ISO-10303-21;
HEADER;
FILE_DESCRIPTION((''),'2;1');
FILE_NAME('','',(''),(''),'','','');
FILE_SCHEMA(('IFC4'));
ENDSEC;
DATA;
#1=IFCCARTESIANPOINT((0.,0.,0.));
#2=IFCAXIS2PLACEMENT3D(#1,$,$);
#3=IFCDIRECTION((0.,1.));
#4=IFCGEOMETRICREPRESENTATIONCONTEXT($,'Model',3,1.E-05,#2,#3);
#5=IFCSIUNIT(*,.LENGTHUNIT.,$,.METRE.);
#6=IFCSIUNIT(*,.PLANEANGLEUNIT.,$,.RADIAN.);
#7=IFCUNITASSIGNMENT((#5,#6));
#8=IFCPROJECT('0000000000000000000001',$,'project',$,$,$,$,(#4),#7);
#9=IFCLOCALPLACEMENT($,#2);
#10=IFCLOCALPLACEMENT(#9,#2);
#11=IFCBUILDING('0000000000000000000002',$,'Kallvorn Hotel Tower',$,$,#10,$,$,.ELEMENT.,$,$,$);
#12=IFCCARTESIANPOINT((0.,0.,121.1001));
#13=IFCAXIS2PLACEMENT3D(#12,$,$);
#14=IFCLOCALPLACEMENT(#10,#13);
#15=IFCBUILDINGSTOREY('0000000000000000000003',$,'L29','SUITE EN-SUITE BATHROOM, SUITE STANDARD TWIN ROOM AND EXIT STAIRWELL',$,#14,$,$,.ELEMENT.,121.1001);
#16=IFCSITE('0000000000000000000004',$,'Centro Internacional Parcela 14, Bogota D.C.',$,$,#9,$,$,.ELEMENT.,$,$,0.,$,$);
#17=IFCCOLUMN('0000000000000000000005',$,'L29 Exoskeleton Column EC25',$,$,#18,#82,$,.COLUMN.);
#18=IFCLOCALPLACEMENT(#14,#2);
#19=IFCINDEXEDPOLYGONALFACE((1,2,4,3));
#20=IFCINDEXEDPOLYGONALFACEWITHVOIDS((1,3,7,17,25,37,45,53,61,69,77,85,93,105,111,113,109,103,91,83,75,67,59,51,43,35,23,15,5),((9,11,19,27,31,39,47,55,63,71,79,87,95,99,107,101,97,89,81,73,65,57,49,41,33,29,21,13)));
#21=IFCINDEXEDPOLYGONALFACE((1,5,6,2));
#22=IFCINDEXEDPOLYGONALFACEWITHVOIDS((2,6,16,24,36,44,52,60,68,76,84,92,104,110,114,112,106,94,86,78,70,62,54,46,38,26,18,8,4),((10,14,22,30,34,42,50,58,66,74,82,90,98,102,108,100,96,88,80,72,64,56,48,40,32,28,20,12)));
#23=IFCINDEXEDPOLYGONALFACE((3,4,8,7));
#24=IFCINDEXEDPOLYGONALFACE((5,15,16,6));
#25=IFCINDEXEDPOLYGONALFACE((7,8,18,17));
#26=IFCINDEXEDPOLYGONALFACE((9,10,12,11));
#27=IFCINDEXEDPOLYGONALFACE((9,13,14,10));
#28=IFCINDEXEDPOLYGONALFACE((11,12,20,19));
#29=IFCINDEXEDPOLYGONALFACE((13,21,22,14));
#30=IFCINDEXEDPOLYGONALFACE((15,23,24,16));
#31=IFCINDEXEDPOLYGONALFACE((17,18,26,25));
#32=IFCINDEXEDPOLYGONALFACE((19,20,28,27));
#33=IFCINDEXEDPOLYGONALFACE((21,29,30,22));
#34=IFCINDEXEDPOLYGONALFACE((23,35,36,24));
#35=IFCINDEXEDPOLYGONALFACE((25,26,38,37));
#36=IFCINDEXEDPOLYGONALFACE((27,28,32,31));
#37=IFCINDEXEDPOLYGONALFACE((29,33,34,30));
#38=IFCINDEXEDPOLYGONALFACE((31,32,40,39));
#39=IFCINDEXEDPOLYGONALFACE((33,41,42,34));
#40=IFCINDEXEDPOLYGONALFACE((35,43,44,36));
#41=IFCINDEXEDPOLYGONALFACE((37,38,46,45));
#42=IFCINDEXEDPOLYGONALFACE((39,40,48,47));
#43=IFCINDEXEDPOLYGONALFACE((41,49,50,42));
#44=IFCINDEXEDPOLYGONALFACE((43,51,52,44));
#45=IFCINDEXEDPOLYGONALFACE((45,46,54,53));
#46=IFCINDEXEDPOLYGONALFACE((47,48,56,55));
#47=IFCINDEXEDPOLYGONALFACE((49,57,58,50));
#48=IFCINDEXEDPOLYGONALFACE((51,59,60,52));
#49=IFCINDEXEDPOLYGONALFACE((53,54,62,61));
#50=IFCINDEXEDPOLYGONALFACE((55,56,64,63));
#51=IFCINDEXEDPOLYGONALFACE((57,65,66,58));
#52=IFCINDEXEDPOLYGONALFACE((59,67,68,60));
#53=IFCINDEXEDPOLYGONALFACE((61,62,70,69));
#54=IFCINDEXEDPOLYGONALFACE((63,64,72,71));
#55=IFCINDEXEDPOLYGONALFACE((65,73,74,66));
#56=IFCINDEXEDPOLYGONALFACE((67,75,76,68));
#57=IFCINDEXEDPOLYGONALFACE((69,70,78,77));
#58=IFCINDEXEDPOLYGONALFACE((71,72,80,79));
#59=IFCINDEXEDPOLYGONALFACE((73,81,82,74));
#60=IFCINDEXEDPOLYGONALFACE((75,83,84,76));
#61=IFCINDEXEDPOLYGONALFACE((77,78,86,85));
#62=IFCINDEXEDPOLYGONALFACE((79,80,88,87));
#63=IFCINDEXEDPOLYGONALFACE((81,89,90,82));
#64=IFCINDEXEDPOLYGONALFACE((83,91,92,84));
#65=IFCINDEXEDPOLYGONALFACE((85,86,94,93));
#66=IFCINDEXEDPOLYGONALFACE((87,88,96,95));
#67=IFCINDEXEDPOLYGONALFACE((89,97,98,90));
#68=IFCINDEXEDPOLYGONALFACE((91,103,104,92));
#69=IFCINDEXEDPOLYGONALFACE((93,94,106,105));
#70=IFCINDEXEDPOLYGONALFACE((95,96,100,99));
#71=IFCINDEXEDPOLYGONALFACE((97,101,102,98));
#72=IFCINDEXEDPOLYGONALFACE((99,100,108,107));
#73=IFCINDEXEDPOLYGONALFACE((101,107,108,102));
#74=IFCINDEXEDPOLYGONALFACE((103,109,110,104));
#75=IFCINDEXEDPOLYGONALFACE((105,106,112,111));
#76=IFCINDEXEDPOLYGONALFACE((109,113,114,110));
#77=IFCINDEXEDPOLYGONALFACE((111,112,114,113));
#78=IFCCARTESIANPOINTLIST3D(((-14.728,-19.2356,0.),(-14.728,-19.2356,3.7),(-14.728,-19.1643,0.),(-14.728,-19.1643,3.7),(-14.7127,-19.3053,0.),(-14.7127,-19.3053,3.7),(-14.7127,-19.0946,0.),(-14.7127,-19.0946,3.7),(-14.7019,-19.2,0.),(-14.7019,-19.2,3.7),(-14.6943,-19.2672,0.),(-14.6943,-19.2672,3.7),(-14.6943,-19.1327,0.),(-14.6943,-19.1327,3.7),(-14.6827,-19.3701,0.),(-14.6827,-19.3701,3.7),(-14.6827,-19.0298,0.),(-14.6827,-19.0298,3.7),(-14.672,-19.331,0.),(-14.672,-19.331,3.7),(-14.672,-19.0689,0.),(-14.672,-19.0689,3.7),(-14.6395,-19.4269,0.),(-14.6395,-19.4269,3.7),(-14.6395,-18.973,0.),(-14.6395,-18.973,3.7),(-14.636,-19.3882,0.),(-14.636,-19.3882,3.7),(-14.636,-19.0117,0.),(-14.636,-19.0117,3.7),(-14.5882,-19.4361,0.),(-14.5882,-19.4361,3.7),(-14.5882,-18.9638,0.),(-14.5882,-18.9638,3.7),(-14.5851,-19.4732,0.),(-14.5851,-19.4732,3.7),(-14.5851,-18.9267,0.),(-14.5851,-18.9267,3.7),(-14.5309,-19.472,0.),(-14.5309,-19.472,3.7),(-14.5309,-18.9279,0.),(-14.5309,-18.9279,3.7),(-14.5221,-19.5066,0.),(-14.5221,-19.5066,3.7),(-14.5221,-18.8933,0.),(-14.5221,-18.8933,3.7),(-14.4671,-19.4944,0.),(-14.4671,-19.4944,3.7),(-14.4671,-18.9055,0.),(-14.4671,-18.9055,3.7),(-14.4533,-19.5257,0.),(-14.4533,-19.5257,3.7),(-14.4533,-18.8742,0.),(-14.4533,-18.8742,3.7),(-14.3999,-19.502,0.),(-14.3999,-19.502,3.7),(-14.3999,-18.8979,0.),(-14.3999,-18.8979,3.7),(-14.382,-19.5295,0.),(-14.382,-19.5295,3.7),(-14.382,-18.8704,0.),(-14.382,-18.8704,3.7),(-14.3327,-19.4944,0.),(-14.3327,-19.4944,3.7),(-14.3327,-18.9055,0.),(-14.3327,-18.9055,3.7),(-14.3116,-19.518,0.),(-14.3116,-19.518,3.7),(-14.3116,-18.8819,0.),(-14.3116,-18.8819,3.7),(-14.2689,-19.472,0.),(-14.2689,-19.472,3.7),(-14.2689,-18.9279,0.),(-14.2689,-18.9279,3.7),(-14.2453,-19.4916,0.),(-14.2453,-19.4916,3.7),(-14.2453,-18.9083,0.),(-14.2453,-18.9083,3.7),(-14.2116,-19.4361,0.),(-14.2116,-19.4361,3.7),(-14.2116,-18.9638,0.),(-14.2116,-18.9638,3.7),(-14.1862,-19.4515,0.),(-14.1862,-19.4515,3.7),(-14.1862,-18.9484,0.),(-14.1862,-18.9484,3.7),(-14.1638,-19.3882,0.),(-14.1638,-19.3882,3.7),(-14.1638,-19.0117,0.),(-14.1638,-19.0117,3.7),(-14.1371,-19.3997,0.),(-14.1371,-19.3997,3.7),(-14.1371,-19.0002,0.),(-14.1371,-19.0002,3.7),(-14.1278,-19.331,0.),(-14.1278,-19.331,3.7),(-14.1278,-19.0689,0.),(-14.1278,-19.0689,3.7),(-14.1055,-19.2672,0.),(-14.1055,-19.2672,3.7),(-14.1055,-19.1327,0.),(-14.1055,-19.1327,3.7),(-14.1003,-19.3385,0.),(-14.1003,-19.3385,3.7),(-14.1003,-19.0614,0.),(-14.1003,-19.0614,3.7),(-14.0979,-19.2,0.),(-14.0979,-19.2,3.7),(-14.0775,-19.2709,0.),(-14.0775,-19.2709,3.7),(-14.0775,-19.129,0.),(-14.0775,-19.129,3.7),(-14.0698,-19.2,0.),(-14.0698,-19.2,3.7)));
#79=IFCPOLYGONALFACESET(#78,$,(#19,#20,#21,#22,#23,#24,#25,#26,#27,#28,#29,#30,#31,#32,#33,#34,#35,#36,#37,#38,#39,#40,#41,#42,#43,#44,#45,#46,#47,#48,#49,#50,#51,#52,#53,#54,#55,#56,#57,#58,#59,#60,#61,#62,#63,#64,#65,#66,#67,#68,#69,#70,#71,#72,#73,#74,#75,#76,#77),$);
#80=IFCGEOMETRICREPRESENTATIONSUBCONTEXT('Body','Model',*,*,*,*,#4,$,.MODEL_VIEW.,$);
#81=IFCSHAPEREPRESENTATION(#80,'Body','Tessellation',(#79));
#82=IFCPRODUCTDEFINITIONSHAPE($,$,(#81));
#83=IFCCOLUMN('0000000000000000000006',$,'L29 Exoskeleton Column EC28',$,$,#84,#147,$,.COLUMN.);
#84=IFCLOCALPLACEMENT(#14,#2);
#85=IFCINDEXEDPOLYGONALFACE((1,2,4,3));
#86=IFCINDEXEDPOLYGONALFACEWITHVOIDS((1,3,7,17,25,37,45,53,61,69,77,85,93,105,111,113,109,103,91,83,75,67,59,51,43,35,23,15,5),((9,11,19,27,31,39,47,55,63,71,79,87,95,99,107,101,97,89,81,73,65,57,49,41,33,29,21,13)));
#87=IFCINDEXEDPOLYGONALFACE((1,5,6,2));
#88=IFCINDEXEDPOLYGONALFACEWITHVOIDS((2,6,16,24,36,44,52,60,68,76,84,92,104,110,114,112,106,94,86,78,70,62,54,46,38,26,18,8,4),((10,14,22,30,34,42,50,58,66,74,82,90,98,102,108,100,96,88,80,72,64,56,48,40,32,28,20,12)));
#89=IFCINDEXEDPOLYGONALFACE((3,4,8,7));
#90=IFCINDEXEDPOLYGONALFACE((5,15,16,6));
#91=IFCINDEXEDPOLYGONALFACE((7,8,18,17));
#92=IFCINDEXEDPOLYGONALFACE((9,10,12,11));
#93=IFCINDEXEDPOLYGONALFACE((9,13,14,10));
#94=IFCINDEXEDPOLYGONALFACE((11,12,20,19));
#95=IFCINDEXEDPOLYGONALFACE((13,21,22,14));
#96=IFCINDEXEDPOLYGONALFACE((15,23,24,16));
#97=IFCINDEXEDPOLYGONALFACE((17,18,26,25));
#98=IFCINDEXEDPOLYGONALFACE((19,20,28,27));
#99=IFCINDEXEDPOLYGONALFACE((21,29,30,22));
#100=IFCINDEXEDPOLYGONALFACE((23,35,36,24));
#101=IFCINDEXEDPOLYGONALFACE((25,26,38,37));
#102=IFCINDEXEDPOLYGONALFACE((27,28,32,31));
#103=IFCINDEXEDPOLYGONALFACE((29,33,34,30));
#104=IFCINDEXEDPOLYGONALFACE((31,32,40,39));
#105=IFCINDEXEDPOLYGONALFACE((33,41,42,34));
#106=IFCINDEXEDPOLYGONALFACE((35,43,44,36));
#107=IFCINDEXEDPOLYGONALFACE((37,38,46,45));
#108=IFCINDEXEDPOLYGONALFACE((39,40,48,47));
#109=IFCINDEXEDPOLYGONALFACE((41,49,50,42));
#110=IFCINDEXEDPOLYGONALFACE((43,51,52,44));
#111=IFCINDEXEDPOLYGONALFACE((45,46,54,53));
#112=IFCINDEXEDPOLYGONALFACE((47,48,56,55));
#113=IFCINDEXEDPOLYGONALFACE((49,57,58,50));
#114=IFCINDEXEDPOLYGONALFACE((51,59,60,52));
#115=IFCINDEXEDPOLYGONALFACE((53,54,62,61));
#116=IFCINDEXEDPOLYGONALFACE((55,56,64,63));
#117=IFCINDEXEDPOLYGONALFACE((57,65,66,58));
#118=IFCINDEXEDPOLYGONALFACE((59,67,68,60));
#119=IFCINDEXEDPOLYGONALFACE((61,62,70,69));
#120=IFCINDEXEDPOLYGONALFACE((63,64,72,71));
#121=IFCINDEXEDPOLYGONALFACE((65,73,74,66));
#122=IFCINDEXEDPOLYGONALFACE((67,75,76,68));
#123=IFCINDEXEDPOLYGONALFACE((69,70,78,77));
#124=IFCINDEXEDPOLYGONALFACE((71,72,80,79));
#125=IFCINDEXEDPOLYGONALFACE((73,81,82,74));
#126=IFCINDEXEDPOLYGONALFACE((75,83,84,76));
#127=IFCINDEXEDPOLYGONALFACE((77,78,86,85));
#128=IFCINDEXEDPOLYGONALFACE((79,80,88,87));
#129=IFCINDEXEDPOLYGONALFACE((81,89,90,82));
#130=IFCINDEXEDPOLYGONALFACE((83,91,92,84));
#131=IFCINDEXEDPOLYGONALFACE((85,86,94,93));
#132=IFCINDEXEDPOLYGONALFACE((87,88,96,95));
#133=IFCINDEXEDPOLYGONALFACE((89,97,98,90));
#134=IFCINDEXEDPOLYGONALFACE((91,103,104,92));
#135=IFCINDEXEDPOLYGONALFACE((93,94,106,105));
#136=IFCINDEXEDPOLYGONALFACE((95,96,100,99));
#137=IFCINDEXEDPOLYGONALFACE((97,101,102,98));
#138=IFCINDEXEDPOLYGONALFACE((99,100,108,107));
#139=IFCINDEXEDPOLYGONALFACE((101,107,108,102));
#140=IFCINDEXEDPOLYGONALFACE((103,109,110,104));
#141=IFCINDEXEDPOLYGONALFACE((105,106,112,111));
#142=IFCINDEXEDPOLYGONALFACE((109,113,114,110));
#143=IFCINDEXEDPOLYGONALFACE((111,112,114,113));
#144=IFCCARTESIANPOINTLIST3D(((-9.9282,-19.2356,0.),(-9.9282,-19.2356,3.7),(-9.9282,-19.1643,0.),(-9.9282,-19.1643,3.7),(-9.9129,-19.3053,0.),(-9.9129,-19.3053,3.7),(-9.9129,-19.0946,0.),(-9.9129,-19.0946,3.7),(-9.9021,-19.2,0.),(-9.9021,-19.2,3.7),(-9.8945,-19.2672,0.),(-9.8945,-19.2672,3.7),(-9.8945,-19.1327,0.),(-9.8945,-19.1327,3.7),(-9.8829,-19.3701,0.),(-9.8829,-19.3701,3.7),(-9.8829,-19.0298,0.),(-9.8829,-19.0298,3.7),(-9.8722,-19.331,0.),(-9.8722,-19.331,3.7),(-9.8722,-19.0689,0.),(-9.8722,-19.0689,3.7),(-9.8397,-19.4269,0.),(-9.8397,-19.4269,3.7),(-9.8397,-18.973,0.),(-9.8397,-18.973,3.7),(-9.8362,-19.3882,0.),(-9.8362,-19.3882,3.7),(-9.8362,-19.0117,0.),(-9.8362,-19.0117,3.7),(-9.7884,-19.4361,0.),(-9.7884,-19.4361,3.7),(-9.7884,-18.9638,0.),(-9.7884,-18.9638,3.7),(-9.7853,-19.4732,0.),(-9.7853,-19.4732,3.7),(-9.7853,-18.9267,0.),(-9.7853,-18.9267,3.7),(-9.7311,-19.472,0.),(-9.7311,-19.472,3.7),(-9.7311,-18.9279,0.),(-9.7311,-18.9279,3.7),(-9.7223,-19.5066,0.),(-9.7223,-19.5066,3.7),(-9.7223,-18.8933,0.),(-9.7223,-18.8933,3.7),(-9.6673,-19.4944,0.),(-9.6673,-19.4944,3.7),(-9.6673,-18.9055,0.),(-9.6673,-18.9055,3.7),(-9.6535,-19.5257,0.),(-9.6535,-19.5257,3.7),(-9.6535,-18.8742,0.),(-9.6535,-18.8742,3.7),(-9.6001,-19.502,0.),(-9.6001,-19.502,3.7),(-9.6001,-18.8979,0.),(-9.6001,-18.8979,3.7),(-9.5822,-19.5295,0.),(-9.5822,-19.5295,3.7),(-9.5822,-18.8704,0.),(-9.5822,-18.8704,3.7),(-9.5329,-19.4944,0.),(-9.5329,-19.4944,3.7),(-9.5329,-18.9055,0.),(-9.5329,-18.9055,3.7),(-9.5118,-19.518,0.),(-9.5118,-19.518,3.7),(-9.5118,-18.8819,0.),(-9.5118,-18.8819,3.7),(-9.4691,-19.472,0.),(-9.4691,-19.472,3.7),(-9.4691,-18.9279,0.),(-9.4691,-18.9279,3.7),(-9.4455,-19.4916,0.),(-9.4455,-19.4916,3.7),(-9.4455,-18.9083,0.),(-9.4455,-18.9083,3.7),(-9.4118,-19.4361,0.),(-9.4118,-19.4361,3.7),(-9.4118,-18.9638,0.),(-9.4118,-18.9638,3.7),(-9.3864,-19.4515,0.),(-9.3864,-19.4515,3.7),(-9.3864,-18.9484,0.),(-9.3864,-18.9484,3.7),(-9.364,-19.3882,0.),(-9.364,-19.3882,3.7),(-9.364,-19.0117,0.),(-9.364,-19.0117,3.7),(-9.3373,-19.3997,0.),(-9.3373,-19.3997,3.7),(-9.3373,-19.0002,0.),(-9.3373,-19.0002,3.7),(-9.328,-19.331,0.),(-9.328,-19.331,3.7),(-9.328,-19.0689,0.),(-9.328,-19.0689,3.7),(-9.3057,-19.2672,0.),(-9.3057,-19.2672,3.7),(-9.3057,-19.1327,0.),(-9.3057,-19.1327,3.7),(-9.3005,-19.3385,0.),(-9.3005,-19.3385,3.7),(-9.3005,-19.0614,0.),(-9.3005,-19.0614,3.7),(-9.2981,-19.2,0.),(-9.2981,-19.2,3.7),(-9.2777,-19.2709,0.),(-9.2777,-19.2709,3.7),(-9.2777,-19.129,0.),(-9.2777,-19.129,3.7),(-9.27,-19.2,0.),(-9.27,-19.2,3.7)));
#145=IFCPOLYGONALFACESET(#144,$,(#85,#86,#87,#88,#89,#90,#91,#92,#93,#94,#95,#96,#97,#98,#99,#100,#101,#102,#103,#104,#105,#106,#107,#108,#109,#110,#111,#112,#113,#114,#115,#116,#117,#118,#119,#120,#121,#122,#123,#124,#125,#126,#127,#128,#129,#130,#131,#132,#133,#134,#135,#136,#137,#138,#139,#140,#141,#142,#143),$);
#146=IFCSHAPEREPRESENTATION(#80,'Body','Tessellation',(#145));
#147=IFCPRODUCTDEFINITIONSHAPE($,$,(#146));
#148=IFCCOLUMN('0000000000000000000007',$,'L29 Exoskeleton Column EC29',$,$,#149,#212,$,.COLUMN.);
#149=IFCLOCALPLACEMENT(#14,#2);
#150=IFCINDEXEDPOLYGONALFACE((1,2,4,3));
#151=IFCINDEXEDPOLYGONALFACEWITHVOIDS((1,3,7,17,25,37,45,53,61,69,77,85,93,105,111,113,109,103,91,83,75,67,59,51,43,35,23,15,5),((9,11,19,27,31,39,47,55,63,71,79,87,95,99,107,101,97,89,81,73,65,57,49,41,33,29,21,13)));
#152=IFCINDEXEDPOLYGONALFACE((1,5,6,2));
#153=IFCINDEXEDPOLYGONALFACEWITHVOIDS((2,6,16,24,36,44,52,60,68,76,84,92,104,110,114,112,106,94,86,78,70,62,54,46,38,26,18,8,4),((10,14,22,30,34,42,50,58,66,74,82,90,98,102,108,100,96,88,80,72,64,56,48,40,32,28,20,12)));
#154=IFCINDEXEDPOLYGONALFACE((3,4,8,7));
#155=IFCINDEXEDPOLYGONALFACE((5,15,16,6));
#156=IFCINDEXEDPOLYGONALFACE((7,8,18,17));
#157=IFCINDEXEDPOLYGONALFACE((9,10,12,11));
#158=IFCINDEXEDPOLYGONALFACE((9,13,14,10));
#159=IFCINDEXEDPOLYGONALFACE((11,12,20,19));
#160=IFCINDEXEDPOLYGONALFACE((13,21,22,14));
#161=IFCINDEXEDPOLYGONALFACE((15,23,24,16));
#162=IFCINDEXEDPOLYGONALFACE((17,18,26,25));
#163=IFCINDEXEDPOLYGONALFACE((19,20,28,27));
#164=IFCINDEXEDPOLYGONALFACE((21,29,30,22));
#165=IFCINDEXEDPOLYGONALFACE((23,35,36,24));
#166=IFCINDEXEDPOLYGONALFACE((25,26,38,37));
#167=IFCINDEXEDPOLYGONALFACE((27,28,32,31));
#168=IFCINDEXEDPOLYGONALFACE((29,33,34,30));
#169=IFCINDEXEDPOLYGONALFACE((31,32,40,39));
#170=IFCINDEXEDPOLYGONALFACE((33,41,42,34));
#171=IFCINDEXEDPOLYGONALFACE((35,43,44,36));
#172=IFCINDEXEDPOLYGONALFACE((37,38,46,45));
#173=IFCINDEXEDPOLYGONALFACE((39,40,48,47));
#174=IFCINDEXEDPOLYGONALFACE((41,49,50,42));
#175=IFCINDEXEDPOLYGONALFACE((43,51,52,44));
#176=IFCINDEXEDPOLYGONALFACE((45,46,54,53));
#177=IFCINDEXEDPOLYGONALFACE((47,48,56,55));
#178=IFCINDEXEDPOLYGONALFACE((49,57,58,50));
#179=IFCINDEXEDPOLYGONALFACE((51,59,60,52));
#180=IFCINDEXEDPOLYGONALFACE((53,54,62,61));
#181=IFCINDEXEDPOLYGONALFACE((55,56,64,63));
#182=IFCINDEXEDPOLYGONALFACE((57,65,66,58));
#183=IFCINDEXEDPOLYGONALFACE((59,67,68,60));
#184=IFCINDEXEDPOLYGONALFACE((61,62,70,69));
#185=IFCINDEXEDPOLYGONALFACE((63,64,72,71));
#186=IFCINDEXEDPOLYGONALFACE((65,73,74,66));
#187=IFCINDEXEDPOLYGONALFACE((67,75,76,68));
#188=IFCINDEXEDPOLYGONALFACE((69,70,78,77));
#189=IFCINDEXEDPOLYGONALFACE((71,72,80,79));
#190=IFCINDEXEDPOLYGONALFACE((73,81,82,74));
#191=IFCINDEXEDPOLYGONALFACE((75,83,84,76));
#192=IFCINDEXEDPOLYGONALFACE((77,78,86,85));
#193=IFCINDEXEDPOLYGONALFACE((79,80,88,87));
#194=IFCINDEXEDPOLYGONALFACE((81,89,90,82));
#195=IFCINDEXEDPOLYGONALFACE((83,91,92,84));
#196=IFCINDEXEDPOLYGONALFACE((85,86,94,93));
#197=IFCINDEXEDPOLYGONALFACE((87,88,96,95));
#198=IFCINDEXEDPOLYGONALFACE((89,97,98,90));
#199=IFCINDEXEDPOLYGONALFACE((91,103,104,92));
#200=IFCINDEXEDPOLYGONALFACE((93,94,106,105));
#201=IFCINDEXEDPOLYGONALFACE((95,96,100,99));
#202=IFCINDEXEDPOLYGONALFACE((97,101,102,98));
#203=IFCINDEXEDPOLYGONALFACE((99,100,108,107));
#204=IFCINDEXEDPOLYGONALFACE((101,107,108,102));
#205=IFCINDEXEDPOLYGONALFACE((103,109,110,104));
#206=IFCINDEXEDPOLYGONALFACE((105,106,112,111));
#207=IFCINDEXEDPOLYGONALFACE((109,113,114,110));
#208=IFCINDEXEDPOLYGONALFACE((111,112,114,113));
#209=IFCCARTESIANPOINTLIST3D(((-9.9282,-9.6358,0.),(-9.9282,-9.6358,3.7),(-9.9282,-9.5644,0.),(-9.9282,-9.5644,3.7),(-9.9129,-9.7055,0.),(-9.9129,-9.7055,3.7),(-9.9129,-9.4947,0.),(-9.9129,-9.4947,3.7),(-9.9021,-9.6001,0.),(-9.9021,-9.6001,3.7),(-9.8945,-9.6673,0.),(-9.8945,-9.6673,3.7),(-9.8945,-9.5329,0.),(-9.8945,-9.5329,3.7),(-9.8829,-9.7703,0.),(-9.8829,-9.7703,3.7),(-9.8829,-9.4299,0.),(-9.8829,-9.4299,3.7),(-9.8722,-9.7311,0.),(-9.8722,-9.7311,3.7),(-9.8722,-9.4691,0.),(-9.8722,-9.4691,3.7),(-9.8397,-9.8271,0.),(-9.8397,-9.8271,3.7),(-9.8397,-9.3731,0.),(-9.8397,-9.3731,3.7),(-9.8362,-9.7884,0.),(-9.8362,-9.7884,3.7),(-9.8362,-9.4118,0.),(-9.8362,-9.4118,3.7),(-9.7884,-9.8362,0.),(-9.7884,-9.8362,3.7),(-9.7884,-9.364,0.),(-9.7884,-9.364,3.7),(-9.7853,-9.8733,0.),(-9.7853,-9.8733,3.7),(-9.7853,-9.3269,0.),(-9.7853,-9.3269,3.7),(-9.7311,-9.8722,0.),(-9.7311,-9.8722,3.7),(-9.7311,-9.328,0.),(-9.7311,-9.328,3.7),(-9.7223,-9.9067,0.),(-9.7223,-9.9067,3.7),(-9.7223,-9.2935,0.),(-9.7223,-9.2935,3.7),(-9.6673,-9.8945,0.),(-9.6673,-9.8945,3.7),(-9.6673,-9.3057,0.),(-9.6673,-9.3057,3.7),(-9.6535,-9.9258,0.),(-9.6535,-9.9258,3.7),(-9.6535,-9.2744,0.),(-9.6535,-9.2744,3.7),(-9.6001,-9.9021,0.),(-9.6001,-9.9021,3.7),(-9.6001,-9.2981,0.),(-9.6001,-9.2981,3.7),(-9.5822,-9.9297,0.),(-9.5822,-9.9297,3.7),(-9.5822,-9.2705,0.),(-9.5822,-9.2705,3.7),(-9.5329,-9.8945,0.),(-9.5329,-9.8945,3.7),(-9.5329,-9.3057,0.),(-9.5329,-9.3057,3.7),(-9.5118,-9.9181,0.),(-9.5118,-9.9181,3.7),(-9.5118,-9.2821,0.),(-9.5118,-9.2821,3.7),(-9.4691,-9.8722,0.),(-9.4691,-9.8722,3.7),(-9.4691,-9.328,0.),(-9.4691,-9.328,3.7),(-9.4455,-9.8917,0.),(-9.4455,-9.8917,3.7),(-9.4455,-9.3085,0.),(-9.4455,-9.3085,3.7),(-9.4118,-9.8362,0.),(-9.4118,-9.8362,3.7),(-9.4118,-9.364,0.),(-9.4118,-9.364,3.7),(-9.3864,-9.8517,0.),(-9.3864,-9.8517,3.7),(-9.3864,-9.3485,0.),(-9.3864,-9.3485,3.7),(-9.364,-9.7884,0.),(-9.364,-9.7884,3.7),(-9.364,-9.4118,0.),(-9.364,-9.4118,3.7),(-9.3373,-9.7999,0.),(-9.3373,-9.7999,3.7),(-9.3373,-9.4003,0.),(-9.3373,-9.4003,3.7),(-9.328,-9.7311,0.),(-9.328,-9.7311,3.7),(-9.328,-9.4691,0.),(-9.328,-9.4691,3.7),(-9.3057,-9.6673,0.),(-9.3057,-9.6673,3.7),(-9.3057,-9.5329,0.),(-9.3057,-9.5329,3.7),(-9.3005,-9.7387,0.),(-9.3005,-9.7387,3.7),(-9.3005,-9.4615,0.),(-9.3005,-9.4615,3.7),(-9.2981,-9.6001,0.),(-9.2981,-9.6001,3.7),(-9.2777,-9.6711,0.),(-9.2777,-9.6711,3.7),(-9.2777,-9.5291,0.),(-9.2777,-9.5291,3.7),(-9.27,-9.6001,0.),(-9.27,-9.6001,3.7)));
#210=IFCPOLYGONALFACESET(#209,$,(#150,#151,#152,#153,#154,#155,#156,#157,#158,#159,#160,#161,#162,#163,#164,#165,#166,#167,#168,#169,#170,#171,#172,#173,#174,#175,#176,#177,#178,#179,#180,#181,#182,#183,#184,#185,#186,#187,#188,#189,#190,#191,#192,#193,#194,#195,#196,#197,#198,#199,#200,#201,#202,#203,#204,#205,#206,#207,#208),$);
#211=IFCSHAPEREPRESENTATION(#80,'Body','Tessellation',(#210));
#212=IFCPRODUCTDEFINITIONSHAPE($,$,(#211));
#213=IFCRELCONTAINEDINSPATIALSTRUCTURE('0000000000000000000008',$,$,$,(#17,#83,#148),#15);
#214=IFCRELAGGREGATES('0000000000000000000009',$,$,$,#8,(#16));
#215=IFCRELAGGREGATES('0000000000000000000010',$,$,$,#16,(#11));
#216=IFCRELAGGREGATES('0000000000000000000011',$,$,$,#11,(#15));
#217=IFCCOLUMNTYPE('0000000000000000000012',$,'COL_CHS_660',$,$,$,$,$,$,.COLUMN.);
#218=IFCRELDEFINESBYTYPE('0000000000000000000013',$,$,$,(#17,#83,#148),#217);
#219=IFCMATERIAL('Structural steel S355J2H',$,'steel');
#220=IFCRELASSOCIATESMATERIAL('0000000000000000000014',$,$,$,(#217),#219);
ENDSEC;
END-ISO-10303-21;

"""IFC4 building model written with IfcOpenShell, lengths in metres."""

from ifc_helpers import new_model, si_unit, direction, frame, origin, origin_2d, place, context, subcontext, project, spatial, hollow_circle, extrude, material, material_profile, profile_set, type_object, element, save


model = new_model("IFC4")

# Units and contexts
model_context = context("Model", 3, precision=1e-05, world=origin(), true_north=direction((0.0, 1.0)))
body_context = subcontext(model_context, "Body", "Model", "MODEL_VIEW")
ifc_project = project(units=[si_unit("LENGTHUNIT", "METRE"), si_unit("PLANEANGLEUNIT", "RADIAN")], contexts=[model_context])

# Site, building, storey
site_placement = place(None, origin())
site = spatial("IfcSite", under=ifc_project, at=site_placement, Name="Centro Internacional Parcela 14, Bogota D.C.", CompositionType="ELEMENT", RefElevation=0.0)
building_placement = place(site_placement, origin())
building = spatial("IfcBuilding", under=site, at=building_placement, Name="Kallvorn Hotel Tower", CompositionType="ELEMENT")
storey_placement = place(building_placement, frame((0.0, 0.0, 121.1001)))
storey = spatial("IfcBuildingStorey", under=building, at=storey_placement, Name="L29", Description="SUITE EN-SUITE BATHROOM, SUITE STANDARD TWIN ROOM AND EXIT STAIRWELL", CompositionType="ELEMENT", Elevation=121.1001)

# Columns
ifc_material_1 = material(Name="Structural steel S355J2H", Category="steel")
ifc_material_profile_1 = material_profile(ifc_material_1, hollow_circle(Radius=0.3301, WallThickness=0.0281, at=origin_2d()), Name="CHS 660x28")
ifc_profile_set_1 = profile_set([ifc_material_profile_1], Name="Structural steel S355J2H")
column_type_1 = type_object("IfcColumnType", Name="COL_CHS_660", PredefinedType="COLUMN", material=ifc_profile_set_1)
for number, where, z_axis, x_axis, name in (
    (1, (-14.3999, -19.2, 0.0), (0.0, 0.0, 1.0), (1.0, 0.0, 0.0), "L29 Exoskeleton Column EC25"),
    (2, (-9.6001, -19.2, 0.0), (0.0, 0.0, 1.0), (1.0, 0.0, 0.0), "L29 Exoskeleton Column EC28"),
    (3, (-9.6001, -9.6001, 0.0), (0.0, 0.0, 1.0), (1.0, 0.0, 0.0), "L29 Exoskeleton Column EC29"),
):
    element("IfcColumn", number, at=place(storey_placement, frame(where, z_axis=z_axis, x_axis=x_axis)), inside=storey, type_object=column_type_1, Name=name, PredefinedType="COLUMN", context=body_context, shape_type="SweptSolid", body=[
        extrude(hollow_circle(Radius=0.3301, WallThickness=0.0281, at=origin_2d()), origin(), (0.0, 0.0, 1.0), 3.7),
    ])

save(model, "model.ifc")
